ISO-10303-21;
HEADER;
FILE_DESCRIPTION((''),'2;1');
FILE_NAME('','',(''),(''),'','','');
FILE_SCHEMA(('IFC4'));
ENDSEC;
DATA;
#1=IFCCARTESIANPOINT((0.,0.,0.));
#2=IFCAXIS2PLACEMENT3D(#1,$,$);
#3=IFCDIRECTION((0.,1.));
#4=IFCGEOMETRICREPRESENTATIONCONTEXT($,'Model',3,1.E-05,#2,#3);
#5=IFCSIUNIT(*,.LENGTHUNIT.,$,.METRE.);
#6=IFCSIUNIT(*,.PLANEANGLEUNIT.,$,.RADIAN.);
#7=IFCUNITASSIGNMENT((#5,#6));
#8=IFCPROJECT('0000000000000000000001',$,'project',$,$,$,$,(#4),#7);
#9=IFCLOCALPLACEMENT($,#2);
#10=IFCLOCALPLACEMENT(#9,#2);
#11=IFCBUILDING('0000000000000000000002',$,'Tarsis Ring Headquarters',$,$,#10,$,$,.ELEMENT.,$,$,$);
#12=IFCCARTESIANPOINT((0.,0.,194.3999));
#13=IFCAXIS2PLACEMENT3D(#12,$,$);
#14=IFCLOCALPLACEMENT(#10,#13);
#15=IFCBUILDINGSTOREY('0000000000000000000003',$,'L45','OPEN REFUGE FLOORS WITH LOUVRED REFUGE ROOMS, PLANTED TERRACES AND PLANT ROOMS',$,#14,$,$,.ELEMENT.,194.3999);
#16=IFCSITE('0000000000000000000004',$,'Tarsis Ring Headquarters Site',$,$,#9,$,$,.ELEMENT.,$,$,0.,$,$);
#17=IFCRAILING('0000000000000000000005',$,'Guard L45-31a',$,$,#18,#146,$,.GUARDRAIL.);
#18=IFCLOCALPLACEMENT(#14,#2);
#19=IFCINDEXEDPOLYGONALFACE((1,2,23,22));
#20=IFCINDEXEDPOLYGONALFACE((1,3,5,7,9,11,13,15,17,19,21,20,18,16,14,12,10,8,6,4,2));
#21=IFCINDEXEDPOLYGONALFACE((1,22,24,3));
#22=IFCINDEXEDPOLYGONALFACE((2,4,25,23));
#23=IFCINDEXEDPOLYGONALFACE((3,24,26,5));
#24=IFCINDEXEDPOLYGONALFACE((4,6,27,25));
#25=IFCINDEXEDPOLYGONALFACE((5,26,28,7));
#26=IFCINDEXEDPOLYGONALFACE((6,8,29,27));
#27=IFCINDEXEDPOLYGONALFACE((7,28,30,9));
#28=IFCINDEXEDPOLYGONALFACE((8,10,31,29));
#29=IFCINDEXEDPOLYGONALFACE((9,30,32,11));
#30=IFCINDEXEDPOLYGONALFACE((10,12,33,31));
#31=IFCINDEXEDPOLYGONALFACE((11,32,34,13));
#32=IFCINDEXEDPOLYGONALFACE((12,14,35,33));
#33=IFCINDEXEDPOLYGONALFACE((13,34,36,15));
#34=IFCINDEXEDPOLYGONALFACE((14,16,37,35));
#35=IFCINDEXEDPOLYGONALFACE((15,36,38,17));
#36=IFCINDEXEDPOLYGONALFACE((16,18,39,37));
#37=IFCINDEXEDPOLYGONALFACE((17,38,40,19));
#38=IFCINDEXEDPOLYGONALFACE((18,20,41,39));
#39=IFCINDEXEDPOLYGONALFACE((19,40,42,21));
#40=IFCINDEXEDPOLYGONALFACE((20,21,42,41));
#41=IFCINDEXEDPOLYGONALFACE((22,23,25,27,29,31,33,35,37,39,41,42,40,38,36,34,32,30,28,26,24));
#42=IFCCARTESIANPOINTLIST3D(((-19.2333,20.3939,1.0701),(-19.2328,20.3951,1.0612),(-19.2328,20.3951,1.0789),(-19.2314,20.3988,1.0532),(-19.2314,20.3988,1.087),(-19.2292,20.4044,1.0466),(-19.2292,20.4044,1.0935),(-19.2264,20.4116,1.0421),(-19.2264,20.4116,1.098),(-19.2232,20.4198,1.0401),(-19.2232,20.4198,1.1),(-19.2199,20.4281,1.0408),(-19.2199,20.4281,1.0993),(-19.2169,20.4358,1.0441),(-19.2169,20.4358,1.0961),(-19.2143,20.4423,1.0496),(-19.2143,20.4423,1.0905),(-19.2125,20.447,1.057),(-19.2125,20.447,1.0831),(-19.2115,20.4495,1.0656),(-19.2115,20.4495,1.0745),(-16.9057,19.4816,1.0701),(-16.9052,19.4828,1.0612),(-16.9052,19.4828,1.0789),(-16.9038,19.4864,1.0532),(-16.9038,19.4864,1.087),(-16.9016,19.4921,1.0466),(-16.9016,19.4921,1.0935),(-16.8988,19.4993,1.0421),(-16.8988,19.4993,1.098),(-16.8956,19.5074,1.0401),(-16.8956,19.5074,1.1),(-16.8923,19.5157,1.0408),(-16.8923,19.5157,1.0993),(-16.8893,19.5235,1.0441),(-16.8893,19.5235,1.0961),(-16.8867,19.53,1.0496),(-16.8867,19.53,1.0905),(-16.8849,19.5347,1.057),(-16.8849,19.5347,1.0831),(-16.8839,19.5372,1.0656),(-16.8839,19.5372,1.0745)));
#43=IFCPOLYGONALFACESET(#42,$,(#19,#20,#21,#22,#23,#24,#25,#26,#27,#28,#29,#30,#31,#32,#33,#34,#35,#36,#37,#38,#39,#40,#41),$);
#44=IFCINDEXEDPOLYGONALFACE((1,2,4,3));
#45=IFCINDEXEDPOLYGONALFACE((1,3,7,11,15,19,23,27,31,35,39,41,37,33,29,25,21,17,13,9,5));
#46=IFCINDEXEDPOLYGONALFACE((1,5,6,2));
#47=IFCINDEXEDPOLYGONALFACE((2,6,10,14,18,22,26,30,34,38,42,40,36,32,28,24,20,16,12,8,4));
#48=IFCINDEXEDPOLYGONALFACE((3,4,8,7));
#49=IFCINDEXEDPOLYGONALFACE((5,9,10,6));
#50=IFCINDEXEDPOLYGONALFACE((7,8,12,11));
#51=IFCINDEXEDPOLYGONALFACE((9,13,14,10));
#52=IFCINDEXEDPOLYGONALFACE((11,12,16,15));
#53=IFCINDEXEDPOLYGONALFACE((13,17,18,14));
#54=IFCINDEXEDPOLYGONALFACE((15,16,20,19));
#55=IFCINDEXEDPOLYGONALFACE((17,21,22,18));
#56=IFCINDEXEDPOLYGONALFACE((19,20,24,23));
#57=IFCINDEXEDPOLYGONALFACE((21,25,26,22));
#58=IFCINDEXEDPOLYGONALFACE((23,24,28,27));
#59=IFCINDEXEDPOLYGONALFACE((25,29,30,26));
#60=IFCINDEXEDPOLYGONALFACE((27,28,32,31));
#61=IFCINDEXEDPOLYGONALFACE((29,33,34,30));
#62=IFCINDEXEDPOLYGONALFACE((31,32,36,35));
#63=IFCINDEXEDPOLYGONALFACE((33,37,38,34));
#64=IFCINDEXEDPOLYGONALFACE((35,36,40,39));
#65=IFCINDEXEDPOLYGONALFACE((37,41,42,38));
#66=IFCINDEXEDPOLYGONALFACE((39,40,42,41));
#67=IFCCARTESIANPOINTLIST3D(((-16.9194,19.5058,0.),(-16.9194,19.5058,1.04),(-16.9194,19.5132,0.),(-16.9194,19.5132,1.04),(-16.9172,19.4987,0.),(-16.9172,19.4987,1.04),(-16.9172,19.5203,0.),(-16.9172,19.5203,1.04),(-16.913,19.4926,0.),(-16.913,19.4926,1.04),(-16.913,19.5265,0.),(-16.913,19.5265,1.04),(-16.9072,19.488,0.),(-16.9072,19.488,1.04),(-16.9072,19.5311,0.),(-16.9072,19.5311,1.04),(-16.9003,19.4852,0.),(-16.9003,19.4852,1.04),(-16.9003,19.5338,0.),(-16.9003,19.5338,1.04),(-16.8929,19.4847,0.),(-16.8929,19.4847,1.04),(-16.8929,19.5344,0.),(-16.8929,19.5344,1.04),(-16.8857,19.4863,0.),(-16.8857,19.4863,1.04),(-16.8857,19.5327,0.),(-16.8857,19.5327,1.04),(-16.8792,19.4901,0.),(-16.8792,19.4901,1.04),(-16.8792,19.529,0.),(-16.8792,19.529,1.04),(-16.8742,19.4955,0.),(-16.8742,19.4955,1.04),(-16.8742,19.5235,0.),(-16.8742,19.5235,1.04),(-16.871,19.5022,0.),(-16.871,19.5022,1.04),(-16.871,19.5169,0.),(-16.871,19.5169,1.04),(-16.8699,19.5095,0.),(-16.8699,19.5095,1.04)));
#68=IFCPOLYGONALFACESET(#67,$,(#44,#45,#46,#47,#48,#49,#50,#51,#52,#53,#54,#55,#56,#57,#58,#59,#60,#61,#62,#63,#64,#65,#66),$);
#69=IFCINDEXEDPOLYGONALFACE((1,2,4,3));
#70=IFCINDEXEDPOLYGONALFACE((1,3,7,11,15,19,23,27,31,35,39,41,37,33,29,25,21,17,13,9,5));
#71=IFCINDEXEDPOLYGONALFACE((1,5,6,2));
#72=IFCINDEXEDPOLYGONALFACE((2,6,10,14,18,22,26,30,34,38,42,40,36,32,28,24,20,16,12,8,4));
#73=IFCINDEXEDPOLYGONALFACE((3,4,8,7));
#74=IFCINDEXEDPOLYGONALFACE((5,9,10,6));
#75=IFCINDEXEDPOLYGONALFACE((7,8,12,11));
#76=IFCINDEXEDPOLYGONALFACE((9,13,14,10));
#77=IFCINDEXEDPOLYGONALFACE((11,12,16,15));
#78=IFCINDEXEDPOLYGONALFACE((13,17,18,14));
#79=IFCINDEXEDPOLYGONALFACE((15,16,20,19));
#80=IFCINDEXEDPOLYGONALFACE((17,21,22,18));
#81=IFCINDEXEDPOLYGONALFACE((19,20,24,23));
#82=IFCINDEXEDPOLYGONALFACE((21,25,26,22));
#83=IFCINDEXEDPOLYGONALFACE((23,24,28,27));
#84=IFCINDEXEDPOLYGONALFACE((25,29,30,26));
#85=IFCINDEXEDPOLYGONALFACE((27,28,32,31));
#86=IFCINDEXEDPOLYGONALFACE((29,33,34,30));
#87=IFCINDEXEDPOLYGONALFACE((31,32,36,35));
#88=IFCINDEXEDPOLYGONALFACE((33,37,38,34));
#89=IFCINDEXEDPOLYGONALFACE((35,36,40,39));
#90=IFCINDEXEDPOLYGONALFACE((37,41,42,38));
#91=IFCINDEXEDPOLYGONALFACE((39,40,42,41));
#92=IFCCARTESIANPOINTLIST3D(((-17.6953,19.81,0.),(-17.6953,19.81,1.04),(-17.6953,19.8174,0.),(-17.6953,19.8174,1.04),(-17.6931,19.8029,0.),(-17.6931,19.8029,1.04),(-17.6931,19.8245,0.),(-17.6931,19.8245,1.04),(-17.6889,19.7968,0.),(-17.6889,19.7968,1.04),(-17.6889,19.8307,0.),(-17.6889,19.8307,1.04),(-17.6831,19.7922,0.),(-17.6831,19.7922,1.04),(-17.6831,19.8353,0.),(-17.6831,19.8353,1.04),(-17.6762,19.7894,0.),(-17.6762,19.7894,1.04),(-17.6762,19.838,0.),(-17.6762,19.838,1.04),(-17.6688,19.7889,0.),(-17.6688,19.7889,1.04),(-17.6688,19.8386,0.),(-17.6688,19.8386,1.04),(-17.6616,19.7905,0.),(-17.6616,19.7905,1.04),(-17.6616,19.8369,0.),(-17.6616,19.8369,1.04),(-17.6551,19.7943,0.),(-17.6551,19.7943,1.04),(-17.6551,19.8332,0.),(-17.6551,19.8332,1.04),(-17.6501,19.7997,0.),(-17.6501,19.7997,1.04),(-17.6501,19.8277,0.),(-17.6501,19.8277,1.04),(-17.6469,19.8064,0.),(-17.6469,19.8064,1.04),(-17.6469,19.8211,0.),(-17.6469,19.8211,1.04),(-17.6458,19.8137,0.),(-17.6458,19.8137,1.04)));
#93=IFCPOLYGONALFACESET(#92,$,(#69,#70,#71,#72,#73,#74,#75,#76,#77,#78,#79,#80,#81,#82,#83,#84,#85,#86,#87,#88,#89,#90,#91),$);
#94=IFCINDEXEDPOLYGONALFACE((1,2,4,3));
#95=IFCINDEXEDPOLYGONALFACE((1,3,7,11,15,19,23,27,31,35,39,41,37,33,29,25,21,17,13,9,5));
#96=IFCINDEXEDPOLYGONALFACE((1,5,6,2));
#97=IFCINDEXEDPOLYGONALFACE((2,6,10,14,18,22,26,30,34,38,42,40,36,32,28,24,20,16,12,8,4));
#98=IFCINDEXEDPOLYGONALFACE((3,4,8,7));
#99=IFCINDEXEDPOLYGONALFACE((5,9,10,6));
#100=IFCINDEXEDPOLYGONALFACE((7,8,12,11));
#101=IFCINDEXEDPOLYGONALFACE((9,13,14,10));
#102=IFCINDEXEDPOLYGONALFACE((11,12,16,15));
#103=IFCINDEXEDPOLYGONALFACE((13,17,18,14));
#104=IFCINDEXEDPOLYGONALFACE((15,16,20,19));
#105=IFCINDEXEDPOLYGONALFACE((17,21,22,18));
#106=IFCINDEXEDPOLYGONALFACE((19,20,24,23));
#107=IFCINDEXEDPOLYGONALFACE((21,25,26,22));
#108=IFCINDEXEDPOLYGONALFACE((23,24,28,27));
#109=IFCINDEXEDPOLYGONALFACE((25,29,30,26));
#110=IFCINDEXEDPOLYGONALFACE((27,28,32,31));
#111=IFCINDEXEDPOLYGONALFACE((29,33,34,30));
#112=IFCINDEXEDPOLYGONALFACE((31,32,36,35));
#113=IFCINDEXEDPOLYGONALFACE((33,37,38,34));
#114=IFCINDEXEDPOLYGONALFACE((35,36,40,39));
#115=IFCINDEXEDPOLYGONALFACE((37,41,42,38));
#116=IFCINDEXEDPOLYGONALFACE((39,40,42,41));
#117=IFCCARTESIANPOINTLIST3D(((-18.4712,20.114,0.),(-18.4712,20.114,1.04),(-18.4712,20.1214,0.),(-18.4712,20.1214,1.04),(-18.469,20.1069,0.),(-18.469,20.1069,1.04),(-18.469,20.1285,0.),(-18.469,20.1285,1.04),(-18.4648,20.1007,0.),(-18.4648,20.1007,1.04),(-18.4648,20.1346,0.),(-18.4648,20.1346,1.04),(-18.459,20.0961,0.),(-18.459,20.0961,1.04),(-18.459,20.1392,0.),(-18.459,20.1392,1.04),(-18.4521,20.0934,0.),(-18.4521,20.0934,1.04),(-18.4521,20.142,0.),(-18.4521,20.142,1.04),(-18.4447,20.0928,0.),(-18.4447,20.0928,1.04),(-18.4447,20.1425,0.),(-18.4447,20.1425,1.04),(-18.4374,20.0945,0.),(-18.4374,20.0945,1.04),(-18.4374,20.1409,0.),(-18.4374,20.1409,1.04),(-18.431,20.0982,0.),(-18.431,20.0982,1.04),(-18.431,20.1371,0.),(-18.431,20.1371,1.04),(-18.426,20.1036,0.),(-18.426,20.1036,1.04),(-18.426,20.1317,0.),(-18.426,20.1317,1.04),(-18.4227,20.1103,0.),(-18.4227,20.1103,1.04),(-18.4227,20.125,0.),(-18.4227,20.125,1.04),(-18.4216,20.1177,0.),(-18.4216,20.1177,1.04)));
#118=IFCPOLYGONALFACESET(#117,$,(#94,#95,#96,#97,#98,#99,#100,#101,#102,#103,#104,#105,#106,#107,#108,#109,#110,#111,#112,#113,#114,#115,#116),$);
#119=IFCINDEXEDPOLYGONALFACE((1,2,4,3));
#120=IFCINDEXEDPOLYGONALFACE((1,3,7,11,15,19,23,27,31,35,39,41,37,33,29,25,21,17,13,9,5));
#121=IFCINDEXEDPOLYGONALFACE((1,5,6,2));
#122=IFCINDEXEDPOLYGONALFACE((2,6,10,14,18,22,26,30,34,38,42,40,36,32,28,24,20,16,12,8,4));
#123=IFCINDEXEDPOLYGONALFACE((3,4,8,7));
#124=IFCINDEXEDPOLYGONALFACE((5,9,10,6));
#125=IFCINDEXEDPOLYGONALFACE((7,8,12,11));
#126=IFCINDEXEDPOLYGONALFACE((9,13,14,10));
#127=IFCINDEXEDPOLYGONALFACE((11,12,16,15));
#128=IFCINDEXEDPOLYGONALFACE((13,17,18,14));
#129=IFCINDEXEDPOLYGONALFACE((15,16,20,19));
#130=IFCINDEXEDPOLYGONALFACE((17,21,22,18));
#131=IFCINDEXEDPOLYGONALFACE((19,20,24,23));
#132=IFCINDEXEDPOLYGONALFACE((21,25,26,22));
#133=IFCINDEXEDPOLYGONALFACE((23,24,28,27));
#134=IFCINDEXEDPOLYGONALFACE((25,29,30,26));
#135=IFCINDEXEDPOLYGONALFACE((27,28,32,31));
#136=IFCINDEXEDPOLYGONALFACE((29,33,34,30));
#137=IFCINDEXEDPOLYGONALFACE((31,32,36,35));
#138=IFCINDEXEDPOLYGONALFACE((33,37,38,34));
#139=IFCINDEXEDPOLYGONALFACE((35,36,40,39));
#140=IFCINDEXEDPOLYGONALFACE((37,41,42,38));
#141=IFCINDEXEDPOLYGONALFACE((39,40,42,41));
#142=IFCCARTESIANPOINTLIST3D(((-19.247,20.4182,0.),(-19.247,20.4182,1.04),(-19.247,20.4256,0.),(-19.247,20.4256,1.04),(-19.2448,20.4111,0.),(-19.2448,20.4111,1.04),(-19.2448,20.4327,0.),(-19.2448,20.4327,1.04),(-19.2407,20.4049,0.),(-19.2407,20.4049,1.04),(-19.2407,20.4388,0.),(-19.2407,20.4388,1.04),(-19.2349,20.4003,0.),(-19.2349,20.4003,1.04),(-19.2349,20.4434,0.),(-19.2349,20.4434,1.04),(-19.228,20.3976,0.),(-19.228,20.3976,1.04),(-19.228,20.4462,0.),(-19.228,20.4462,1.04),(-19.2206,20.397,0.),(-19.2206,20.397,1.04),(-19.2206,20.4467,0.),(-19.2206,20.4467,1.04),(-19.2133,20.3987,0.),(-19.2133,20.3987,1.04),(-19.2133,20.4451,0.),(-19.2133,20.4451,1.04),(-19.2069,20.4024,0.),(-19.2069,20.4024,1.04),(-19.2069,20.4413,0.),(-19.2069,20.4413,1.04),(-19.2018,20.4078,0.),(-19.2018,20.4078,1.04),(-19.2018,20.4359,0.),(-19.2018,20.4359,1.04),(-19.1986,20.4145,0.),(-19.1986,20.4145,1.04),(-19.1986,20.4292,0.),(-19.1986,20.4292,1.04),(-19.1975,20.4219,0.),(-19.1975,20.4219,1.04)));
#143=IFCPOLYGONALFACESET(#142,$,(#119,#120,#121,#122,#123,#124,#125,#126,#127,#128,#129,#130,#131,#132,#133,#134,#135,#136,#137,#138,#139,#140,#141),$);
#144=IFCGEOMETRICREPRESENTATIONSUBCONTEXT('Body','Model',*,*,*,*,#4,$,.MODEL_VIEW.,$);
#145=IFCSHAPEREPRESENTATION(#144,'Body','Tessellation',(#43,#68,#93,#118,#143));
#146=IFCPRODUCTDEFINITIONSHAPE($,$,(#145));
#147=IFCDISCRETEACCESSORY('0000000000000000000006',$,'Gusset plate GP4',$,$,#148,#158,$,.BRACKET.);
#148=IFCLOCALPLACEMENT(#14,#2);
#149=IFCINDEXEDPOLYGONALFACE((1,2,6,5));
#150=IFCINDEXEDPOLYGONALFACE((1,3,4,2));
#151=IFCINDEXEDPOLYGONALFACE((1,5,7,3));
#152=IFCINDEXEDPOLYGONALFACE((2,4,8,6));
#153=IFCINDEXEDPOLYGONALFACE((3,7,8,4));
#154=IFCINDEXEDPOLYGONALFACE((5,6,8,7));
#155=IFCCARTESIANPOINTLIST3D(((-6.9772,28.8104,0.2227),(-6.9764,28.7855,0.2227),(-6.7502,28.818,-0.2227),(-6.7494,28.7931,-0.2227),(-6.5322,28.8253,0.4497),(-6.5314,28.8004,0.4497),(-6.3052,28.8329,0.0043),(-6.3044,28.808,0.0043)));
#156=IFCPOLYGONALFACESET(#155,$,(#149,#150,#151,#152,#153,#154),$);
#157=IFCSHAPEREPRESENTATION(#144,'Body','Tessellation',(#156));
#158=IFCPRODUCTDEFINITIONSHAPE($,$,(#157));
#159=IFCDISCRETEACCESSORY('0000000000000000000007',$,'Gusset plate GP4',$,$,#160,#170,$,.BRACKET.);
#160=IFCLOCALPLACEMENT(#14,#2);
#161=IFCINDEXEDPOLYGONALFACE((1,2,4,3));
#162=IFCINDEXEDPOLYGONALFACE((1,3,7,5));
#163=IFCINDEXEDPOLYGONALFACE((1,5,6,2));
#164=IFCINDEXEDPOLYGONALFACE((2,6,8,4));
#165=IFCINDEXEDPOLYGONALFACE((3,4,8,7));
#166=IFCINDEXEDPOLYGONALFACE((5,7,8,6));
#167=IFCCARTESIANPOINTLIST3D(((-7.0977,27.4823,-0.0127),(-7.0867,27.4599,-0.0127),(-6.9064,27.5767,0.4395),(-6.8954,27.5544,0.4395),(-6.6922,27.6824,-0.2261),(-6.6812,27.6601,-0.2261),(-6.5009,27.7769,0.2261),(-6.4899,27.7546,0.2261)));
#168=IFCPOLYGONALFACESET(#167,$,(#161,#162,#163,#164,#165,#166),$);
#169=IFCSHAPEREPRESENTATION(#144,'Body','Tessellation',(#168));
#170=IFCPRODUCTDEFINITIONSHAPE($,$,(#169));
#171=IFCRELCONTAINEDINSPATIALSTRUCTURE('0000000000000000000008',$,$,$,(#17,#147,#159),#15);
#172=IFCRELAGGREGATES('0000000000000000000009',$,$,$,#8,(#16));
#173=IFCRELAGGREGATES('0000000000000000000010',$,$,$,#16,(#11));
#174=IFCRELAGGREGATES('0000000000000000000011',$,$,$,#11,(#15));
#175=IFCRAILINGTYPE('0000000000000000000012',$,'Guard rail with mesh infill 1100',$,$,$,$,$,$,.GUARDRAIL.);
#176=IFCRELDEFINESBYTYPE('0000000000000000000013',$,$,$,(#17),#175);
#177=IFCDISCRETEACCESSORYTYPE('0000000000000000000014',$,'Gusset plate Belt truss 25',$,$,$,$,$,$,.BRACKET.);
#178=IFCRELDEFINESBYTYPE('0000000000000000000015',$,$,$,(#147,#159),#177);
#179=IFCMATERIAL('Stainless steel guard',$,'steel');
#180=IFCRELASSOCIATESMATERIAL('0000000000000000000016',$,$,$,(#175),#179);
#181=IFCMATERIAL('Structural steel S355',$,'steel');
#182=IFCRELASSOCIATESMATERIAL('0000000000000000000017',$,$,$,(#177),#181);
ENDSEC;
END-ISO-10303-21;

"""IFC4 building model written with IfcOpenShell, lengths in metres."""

from ifc_helpers import new_model, si_unit, direction, frame, origin, origin_2d, place, context, subcontext, project, spatial, rectangle, circle, extrude, material, material_profile, profile_set, type_object, element, save


model = new_model("IFC4")

# Units and contexts
model_context = context("Model", 3, precision=1e-05, world=origin(), true_north=direction((0.0, 1.0)))
body_context = subcontext(model_context, "Body", "Model", "MODEL_VIEW")
ifc_project = project(units=[si_unit("LENGTHUNIT", "METRE"), si_unit("PLANEANGLEUNIT", "RADIAN")], contexts=[model_context])

# Site, building, storey
site_placement = place(None, origin())
site = spatial("IfcSite", under=ifc_project, at=site_placement, Name="Tarsis Ring Headquarters Site", CompositionType="ELEMENT", RefElevation=0.0)
building_placement = place(site_placement, origin())
building = spatial("IfcBuilding", under=site, at=building_placement, Name="Tarsis Ring Headquarters", CompositionType="ELEMENT")
storey_placement = place(building_placement, frame((0.0, 0.0, 194.3999)))
storey = spatial("IfcBuildingStorey", under=building, at=storey_placement, Name="L45", Description="OPEN REFUGE FLOORS WITH LOUVRED REFUGE ROOMS, PLANTED TERRACES AND PLANT ROOMS", CompositionType="ELEMENT", Elevation=194.3999)

# Shared definitions
ifc_material_1 = material(Name="Structural steel S355", Category="steel")

# Railing
ifc_material_2 = material(Name="Stainless steel guard", Category="steel")
railing_type = type_object("IfcRailingType", Name="Guard rail with mesh infill 1100", PredefinedType="GUARDRAIL", material=ifc_material_2)
railing_1_placement = place(storey_placement, frame((-16.8948, 19.5095, 0.0)))
element("IfcRailing", 1, at=railing_1_placement, inside=storey, type_object=railing_type, Name="Guard L45-31a", PredefinedType="GUARDRAIL", context=body_context, shape_type="SweptSolid", body=[
    extrude(circle(Radius=0.03, at=origin_2d()), frame((0.0, 0.0, 1.0701), z_axis=(-0.931034, 0.364933, 0.0), x_axis=(-0.364933, -0.931034, 0.0)), (0.0, 0.0, 1.0), 2.5),
    extrude(circle(Radius=0.0249, at=origin_2d()), origin(), (0.0, 0.0, 1.0), 1.04),
    extrude(circle(Radius=0.0249, at=origin_2d()), frame((-0.7759, 0.3042, 0.0)), (0.0, 0.0, 1.0), 1.04),
    extrude(circle(Radius=0.0249, at=origin_2d()), frame((-1.5518, 0.6082, 0.0)), (0.0, 0.0, 1.0), 1.04),
    extrude(circle(Radius=0.0249, at=origin_2d()), frame((-2.3276, 0.9124, 0.0)), (0.0, 0.0, 1.0), 1.04),
])

# Discrete accessories
ifc_material_profile_1 = material_profile(ifc_material_1, rectangle(XDim=0.0249, YDim=0.5, at=origin_2d()), Name="PL 25x500")
ifc_profile_set_1 = profile_set([ifc_material_profile_1], Name="Structural steel S355")
discrete_accessory_type = type_object("IfcDiscreteAccessoryType", Name="Gusset plate Belt truss 25", PredefinedType="BRACKET", material=ifc_profile_set_1)
discrete_accessory_1_placement = place(storey_placement, frame((-6.8633, 28.8018, 0.0), z_axis=(0.890387, 0.029794, 0.454229), x_axis=(-0.033443, 0.999441, 0.0)))
element("IfcDiscreteAccessory", 2, at=discrete_accessory_1_placement, inside=storey, type_object=discrete_accessory_type, Name="Gusset plate GP4", PredefinedType="BRACKET", context=body_context, shape_type="SweptSolid", body=[
    extrude(rectangle(XDim=0.0249, YDim=0.5, at=origin_2d()), origin(), (0.0, 0.0, 1.0), 0.4998),
])
discrete_accessory_2_placement = place(storey_placement, frame((-6.5911, 27.7185, 0.0), z_axis=(-0.810949, -0.400348, 0.426712), x_axis=(0.442673, -0.896683, 0.0)))
element("IfcDiscreteAccessory", 3, at=discrete_accessory_2_placement, inside=storey, type_object=discrete_accessory_type, Name="Gusset plate GP4", PredefinedType="BRACKET", context=body_context, shape_type="SweptSolid", body=[
    extrude(rectangle(XDim=0.0249, YDim=0.5, at=origin_2d()), origin(), (0.0, 0.0, 1.0), 0.5),
])

save(model, "model.ifc")
